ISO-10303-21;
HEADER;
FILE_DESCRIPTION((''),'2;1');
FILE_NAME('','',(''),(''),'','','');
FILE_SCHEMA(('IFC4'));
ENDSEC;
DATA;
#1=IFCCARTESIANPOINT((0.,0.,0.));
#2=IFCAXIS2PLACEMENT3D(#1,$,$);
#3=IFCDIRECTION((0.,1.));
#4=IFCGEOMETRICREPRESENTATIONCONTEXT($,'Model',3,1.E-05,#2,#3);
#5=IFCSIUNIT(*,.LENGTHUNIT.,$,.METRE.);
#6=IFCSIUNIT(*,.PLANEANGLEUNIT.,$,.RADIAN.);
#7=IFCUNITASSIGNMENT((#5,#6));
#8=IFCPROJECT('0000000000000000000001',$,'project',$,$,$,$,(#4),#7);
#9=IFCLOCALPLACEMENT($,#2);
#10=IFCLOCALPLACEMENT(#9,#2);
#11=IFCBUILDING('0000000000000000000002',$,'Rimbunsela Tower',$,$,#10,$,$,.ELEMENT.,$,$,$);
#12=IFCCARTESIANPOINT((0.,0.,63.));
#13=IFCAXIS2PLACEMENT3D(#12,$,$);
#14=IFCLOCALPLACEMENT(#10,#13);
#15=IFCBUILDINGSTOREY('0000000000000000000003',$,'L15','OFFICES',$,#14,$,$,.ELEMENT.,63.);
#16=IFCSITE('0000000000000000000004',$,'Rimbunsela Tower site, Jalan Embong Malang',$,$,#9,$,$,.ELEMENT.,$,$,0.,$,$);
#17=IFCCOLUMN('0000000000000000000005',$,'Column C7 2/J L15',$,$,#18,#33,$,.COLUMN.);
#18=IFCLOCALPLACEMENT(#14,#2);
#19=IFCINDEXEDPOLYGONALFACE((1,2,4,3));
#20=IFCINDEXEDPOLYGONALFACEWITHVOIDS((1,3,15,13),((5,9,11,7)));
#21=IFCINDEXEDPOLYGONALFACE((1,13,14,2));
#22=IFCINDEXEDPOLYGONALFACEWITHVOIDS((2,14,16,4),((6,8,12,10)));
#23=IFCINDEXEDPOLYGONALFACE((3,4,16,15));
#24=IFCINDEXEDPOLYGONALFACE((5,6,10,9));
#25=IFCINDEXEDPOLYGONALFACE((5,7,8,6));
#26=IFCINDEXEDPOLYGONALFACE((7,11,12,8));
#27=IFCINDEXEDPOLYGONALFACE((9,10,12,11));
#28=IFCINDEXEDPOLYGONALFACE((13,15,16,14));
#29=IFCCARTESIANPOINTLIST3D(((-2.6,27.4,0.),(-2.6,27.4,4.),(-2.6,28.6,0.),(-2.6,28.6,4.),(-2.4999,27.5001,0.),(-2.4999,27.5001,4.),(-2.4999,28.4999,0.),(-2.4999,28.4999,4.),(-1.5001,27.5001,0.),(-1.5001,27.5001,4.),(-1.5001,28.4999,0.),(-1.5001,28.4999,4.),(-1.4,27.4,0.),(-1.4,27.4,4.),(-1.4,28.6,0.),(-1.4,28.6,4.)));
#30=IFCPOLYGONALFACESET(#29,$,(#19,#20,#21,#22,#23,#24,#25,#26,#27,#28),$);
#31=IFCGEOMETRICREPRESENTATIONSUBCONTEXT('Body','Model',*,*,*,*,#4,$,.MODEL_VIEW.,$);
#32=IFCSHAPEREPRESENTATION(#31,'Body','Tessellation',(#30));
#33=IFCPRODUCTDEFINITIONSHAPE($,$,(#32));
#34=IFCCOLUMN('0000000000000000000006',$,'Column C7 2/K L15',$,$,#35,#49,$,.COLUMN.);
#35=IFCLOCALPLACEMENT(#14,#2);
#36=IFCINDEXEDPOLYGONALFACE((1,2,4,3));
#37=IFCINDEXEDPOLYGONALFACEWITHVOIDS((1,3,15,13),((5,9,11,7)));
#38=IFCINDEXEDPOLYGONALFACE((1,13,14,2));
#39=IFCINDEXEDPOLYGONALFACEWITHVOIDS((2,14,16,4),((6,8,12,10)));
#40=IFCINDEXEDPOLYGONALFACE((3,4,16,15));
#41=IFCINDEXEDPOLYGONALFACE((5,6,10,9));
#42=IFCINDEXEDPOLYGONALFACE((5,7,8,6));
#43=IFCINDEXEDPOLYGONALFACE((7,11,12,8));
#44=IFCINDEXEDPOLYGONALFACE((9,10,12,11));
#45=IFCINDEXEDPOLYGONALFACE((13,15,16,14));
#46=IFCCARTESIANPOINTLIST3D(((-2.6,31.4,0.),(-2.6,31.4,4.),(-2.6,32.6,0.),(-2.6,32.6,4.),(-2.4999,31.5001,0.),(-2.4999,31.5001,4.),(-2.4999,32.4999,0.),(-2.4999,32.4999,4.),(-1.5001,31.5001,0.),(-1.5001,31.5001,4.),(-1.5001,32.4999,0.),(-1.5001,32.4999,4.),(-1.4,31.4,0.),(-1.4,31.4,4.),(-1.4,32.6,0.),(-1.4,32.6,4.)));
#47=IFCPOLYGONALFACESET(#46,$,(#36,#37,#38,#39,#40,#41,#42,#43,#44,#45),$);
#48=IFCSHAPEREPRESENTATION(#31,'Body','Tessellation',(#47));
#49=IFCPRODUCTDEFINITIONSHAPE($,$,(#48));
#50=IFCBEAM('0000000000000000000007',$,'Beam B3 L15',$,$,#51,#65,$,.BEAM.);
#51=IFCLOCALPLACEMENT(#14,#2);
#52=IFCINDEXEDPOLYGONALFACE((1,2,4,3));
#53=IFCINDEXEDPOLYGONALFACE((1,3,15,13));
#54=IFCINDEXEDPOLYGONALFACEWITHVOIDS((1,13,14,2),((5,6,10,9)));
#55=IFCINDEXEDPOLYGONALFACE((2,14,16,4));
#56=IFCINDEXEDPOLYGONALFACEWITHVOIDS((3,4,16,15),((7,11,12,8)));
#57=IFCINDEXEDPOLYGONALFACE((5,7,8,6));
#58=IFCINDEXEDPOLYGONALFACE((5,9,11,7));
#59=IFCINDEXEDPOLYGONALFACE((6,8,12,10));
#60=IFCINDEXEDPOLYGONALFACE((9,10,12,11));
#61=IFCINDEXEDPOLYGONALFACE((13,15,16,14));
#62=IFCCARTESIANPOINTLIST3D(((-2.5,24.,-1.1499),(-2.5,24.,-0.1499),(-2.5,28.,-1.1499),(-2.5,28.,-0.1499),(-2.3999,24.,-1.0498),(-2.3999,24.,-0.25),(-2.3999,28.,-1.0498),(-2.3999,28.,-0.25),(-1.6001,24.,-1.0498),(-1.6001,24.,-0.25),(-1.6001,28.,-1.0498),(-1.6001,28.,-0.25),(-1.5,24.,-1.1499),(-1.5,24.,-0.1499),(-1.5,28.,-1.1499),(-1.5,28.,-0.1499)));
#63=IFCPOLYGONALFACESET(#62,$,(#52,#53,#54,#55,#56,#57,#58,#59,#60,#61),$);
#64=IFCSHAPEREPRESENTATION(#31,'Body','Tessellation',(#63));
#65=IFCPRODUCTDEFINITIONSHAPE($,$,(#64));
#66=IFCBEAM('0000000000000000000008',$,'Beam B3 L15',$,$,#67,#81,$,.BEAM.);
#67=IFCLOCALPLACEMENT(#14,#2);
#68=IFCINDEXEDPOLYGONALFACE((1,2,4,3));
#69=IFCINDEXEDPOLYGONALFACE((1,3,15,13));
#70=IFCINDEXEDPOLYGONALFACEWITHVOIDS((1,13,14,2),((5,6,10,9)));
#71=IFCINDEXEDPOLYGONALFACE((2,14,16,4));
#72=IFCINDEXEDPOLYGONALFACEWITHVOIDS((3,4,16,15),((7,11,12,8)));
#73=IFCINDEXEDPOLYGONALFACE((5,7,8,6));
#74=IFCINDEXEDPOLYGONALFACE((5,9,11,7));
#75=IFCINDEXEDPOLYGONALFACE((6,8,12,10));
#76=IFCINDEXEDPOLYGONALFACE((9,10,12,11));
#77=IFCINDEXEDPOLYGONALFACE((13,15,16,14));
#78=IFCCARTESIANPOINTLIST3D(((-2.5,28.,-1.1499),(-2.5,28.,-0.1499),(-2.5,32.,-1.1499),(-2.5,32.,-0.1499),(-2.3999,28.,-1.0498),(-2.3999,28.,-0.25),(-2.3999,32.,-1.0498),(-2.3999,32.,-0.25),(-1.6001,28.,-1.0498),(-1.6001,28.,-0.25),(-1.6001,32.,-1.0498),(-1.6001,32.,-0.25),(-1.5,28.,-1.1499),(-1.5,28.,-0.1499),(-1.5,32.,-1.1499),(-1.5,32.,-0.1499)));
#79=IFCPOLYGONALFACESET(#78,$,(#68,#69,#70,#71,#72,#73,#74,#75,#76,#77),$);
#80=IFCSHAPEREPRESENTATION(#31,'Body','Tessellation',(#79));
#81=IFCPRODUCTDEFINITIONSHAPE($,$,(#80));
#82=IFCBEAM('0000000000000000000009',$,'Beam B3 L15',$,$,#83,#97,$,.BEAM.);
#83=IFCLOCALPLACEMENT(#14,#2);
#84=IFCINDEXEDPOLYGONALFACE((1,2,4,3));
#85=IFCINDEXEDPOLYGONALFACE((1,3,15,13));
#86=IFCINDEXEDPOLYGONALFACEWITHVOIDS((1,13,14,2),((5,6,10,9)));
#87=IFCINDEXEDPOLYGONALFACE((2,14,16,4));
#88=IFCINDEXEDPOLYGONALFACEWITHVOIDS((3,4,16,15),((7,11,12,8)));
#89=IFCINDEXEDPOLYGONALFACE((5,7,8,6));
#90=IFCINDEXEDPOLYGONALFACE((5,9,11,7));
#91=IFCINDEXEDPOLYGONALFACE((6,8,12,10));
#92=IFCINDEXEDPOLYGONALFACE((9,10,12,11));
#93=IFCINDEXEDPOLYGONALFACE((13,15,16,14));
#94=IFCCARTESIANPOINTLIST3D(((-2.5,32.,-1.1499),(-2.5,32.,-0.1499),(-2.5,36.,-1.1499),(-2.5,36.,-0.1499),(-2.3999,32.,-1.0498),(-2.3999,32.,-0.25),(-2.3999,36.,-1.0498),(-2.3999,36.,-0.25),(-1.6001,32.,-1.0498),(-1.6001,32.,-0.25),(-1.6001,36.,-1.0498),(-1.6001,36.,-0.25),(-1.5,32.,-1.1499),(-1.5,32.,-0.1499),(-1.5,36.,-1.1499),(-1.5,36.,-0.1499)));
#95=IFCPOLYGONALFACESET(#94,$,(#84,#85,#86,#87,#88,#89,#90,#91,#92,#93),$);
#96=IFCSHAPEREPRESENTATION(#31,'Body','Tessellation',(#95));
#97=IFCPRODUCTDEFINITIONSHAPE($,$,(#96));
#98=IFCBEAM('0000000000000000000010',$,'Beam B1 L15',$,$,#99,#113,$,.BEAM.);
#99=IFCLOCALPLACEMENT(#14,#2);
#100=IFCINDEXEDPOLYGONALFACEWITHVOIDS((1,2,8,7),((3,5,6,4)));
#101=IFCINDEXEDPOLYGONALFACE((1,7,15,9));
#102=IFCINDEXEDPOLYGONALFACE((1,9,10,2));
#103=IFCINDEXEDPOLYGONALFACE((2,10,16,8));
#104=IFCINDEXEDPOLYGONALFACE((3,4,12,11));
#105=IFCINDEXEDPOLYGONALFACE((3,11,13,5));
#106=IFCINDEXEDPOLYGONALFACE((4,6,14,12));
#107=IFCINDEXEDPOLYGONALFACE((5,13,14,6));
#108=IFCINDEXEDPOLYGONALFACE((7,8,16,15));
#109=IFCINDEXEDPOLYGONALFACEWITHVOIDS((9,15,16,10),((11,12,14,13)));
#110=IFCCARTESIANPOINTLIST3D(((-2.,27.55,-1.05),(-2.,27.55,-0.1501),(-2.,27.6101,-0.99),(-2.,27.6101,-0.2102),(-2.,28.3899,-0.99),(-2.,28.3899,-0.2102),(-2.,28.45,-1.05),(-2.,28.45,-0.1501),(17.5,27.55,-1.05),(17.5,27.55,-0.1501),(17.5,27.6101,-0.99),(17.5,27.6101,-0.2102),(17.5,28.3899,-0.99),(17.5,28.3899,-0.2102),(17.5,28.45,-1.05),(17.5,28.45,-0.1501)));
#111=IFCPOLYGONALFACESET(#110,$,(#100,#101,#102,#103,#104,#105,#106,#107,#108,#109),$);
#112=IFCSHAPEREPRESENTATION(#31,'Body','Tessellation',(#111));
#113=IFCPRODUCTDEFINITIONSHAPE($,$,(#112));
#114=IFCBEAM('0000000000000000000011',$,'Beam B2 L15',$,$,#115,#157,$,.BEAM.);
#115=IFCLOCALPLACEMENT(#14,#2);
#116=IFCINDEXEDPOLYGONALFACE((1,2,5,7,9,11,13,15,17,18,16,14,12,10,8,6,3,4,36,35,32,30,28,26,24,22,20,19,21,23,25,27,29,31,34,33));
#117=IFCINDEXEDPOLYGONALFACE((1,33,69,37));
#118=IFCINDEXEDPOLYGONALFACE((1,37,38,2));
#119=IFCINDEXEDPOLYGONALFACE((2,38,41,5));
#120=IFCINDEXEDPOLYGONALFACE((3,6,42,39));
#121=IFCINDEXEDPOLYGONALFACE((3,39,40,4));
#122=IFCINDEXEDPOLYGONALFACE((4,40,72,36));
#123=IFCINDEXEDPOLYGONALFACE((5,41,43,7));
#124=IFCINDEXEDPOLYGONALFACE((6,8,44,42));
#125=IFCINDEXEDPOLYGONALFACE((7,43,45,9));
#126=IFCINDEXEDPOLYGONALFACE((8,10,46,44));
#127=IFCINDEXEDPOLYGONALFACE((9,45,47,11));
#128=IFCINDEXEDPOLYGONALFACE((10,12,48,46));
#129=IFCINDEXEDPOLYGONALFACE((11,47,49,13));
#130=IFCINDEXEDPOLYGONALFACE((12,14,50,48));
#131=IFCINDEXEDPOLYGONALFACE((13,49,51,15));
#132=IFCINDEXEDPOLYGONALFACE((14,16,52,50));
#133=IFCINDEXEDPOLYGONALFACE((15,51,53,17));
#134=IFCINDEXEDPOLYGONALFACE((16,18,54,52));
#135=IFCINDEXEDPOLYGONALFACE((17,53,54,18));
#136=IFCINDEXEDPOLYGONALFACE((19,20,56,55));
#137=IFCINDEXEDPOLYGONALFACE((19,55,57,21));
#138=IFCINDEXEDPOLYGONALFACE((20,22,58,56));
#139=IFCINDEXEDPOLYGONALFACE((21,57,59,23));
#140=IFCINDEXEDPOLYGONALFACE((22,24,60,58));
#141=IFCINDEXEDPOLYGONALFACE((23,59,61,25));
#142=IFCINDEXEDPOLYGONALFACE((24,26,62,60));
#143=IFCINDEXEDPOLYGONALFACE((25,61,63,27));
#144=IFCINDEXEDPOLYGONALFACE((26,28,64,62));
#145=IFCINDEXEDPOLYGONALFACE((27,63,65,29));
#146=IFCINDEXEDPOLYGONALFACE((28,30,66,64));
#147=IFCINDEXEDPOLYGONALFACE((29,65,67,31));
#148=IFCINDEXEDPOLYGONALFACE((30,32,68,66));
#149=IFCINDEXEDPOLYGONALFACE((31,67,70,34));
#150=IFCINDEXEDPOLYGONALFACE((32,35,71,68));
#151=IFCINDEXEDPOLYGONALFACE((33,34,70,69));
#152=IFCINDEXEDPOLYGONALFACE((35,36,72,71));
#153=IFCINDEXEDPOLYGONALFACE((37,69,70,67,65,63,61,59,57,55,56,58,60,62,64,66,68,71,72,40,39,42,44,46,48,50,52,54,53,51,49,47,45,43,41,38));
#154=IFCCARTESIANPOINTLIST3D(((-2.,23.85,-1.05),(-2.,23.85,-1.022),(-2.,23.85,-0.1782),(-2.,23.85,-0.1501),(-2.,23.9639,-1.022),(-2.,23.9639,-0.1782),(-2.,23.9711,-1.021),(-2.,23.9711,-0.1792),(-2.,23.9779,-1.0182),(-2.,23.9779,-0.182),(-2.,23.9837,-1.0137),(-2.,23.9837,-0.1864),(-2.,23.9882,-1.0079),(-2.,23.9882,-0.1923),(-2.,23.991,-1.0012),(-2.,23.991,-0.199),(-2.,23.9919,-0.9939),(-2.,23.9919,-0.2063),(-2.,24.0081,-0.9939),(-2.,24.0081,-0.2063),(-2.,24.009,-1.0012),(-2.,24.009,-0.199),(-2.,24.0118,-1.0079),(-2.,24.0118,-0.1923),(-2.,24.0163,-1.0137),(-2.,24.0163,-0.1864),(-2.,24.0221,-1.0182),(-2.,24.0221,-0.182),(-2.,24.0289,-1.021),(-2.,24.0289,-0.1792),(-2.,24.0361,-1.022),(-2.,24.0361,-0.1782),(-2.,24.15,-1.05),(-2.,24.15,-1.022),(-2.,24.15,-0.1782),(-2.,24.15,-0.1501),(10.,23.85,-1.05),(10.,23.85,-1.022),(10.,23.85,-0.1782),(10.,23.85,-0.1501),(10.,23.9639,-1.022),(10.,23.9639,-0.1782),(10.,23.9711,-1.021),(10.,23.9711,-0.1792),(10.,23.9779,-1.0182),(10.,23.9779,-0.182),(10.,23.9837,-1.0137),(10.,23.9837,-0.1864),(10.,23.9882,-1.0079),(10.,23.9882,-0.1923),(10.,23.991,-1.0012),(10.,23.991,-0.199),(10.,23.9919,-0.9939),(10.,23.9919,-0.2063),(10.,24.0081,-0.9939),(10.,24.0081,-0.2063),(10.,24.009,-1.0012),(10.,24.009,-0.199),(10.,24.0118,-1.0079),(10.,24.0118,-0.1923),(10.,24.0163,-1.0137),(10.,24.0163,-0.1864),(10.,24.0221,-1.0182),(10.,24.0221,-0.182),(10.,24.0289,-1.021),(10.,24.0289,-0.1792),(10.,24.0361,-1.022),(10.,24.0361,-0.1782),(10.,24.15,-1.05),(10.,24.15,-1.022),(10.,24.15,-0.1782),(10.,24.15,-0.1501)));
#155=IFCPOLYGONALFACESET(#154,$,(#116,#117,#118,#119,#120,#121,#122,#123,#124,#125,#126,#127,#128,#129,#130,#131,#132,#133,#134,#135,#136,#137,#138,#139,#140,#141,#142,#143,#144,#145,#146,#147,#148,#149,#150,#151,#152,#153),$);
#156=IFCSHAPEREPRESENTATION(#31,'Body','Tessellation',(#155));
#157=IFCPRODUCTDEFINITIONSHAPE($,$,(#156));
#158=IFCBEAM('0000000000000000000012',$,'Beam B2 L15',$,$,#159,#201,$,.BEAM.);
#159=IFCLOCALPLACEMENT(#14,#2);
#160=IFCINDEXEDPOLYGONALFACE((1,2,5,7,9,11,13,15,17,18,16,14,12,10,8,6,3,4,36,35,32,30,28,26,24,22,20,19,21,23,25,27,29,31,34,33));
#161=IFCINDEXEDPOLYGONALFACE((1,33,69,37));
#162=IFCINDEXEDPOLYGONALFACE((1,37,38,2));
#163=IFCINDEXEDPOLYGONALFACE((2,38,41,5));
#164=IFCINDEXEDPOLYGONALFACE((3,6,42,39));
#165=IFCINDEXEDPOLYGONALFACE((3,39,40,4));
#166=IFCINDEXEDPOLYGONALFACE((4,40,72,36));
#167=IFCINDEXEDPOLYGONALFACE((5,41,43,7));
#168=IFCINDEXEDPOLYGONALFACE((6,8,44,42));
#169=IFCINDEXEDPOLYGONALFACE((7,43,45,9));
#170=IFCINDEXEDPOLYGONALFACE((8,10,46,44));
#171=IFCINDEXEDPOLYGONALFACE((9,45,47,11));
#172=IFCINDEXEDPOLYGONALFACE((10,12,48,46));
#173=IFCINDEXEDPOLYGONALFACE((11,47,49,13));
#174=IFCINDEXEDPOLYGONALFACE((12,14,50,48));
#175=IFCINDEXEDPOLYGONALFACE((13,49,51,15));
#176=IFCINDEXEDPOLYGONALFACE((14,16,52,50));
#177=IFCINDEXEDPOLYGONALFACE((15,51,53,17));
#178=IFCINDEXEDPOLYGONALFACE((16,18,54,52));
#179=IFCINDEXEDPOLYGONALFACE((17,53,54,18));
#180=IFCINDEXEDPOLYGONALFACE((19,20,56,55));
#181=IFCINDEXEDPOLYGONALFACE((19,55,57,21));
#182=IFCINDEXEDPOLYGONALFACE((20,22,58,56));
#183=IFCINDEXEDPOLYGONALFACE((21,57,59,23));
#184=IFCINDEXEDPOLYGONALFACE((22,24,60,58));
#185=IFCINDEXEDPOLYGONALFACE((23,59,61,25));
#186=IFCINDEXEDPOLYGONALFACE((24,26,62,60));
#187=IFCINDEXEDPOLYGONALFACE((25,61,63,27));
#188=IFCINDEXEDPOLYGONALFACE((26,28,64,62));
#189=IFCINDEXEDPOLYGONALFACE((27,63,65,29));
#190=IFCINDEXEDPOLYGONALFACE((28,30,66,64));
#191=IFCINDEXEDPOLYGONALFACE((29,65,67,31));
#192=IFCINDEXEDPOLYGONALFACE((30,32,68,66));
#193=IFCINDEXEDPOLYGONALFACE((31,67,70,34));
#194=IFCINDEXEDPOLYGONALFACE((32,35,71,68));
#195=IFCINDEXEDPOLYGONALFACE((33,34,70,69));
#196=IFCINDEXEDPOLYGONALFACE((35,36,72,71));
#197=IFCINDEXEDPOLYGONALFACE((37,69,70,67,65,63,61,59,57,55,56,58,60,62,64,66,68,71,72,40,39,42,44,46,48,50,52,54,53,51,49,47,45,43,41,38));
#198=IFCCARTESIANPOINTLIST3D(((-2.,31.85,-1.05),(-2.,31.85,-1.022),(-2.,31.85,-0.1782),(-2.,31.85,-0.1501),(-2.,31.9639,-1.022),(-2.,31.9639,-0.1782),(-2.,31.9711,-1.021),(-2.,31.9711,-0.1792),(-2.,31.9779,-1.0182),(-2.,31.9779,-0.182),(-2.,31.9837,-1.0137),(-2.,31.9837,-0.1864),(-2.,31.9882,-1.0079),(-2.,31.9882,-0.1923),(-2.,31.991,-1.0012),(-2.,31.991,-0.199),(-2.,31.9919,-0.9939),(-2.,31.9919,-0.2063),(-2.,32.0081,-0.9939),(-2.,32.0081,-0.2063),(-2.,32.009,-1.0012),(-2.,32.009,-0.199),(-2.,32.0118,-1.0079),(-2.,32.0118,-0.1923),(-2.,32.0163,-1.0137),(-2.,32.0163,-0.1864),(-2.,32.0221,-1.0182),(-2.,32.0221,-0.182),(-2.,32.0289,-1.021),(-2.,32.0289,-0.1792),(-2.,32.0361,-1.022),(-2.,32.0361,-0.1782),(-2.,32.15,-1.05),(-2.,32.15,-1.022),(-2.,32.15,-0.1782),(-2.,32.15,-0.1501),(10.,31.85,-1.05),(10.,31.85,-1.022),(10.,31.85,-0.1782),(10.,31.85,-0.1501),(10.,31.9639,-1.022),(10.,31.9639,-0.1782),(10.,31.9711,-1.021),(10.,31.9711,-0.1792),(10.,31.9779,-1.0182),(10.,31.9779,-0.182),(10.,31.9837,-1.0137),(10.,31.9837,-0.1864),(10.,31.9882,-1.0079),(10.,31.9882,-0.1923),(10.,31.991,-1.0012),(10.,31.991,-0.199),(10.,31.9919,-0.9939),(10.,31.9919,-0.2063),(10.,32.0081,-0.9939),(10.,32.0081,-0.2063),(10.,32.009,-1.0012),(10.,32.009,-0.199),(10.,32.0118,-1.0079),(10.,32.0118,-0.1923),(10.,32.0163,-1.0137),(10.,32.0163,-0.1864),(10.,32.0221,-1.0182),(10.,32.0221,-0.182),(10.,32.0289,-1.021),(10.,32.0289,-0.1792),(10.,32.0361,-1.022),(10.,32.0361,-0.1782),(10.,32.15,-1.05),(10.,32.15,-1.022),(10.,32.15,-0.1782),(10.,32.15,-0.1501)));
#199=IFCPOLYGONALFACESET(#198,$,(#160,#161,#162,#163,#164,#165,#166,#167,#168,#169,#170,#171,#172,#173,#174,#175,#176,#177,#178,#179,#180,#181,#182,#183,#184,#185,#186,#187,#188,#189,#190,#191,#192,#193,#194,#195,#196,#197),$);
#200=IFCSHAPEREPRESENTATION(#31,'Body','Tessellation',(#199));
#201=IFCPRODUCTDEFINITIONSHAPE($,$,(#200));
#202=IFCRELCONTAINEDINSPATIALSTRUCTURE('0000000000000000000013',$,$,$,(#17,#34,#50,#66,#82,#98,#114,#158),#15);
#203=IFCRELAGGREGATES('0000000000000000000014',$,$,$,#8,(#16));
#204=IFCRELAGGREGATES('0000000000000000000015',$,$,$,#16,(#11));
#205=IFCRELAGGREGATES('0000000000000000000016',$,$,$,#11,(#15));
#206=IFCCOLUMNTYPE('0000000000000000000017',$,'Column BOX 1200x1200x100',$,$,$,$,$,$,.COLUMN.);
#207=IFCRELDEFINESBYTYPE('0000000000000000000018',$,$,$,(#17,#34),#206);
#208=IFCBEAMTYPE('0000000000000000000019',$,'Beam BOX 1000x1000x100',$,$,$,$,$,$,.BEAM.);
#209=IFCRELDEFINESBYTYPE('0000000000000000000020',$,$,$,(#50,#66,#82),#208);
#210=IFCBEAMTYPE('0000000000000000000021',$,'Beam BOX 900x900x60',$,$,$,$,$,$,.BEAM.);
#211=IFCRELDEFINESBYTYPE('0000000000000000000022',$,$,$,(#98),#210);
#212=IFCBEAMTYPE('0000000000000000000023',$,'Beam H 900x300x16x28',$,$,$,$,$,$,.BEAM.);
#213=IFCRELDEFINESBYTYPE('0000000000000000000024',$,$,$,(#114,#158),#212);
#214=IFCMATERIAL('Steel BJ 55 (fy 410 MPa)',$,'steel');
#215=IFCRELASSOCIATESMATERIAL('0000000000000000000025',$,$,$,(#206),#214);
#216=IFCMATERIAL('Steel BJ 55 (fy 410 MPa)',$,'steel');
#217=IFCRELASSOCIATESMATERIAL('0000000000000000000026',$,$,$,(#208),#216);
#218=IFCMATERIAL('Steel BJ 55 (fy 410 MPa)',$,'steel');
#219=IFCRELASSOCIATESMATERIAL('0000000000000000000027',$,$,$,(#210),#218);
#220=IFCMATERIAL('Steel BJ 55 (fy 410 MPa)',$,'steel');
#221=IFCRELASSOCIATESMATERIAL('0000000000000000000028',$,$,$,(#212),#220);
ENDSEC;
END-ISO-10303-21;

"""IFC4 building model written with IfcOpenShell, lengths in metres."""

from ifc_helpers import new_model, si_unit, direction, frame, origin, origin_2d, place, context, subcontext, project, spatial, hollow_rectangle, i_section, extrude, material, material_profile, profile_set, type_object, element, save


model = new_model("IFC4")

# Units and contexts
model_context = context("Model", 3, precision=1e-05, world=origin(), true_north=direction((0.0, 1.0)))
body_context = subcontext(model_context, "Body", "Model", "MODEL_VIEW")
ifc_project = project(units=[si_unit("LENGTHUNIT", "METRE"), si_unit("PLANEANGLEUNIT", "RADIAN")], contexts=[model_context])

# Site, building, storey
site_placement = place(None, origin())
site = spatial("IfcSite", under=ifc_project, at=site_placement, Name="Rimbunsela Tower site, Jalan Embong Malang", CompositionType="ELEMENT", RefElevation=0.0)
building_placement = place(site_placement, origin())
building = spatial("IfcBuilding", under=site, at=building_placement, Name="Rimbunsela Tower", CompositionType="ELEMENT")
storey_placement = place(building_placement, frame((0.0, 0.0, 63.0)))
storey = spatial("IfcBuildingStorey", under=building, at=storey_placement, Name="L15", Description="OFFICES", CompositionType="ELEMENT", Elevation=63.0)

# Columns
ifc_material_1 = material(Name="Steel BJ 55 (fy 410 MPa)", Category="steel")
ifc_material_profile_1 = material_profile(ifc_material_1, hollow_rectangle(XDim=1.2, YDim=1.2, WallThickness=0.1001, at=origin_2d()), Name="BOX 1200x1200x100")
ifc_profile_set_1 = profile_set([ifc_material_profile_1], Name="Steel BJ 55 (fy 410 MPa)")
column_type = type_object("IfcColumnType", Name="Column BOX 1200x1200x100", PredefinedType="COLUMN", material=ifc_profile_set_1)
for number, where, z_axis, x_axis, name in (
    (1, (-2.0, 28.0, 0.0), (0.0, 0.0, 1.0), (1.0, 0.0, 0.0), "Column C7 2/J L15"),
    (2, (-2.0, 32.0, 0.0), (0.0, 0.0, 1.0), (1.0, 0.0, 0.0), "Column C7 2/K L15"),
):
    element("IfcColumn", number, at=place(storey_placement, frame(where, z_axis=z_axis, x_axis=x_axis)), inside=storey, type_object=column_type, Name=name, PredefinedType="COLUMN", context=body_context, shape_type="SweptSolid", body=[
        extrude(hollow_rectangle(XDim=1.2, YDim=1.2, WallThickness=0.1001, at=origin_2d()), origin(), (0.0, 0.0, 1.0), 4.0),
    ])

# Beams
ifc_material_2 = material(Name="Steel BJ 55 (fy 410 MPa)", Category="steel")
ifc_material_profile_2 = material_profile(ifc_material_2, hollow_rectangle(XDim=1.0, YDim=1.0, WallThickness=0.1001, at=origin_2d()), Name="BOX 1000x1000x100")
ifc_profile_set_2 = profile_set([ifc_material_profile_2], Name="Steel BJ 55 (fy 410 MPa)")
beam_type_1 = type_object("IfcBeamType", Name="Beam BOX 1000x1000x100", PredefinedType="BEAM", material=ifc_profile_set_2)
for number, where, z_axis, x_axis, name in (
    (3, (-2.0, 24.0, -0.6499), (0.0, 1.0, 0.0), (-1.0, 0.0, 0.0), "Beam B3 L15"),
    (4, (-2.0, 28.0, -0.6499), (0.0, 1.0, 0.0), (-1.0, 0.0, 0.0), "Beam B3 L15"),
    (5, (-2.0, 32.0, -0.6499), (0.0, 1.0, 0.0), (-1.0, 0.0, 0.0), "Beam B3 L15"),
):
    element("IfcBeam", number, at=place(storey_placement, frame(where, z_axis=z_axis, x_axis=x_axis)), inside=storey, type_object=beam_type_1, Name=name, PredefinedType="BEAM", context=body_context, shape_type="SweptSolid", body=[
        extrude(hollow_rectangle(XDim=1.0, YDim=1.0, WallThickness=0.1001, at=origin_2d()), origin(), (0.0, 0.0, 1.0), 4.0),
    ])
ifc_material_3 = material(Name="Steel BJ 55 (fy 410 MPa)", Category="steel")
ifc_material_profile_3 = material_profile(ifc_material_3, hollow_rectangle(XDim=0.8999, YDim=0.8999, WallThickness=0.0601, at=origin_2d()), Name="BOX 900x900x60")
ifc_profile_set_3 = profile_set([ifc_material_profile_3], Name="Steel BJ 55 (fy 410 MPa)")
beam_type_2 = type_object("IfcBeamType", Name="Beam BOX 900x900x60", PredefinedType="BEAM", material=ifc_profile_set_3)
beam_placement = place(storey_placement, frame((-2.0, 28.0, -0.6001), z_axis=(1.0, 0.0, 0.0), x_axis=(0.0, 1.0, 0.0)))
element("IfcBeam", 6, at=beam_placement, inside=storey, type_object=beam_type_2, Name="Beam B1 L15", PredefinedType="BEAM", context=body_context, shape_type="SweptSolid", body=[
    extrude(hollow_rectangle(XDim=0.8999, YDim=0.8999, WallThickness=0.0601, at=origin_2d()), origin(), (0.0, 0.0, 1.0), 19.5),
])
ifc_material_4 = material(Name="Steel BJ 55 (fy 410 MPa)", Category="steel")
ifc_material_profile_4 = material_profile(ifc_material_4, i_section(OverallWidth=0.3, OverallDepth=0.8999, WebThickness=0.0161, FlangeThickness=0.0281, FilletRadius=0.0281, at=origin_2d()), Name="H 900x300x16x28")
ifc_profile_set_4 = profile_set([ifc_material_profile_4], Name="Steel BJ 55 (fy 410 MPa)")
beam_type_3 = type_object("IfcBeamType", Name="Beam H 900x300x16x28", PredefinedType="BEAM", material=ifc_profile_set_4)
for number, where, z_axis, x_axis, name in (
    (7, (-2.0, 24.0, -0.6001), (1.0, 0.0, 0.0), (0.0, 1.0, 0.0), "Beam B2 L15"),
    (8, (-2.0, 32.0, -0.6001), (1.0, 0.0, 0.0), (0.0, 1.0, 0.0), "Beam B2 L15"),
):
    element("IfcBeam", number, at=place(storey_placement, frame(where, z_axis=z_axis, x_axis=x_axis)), inside=storey, type_object=beam_type_3, Name=name, PredefinedType="BEAM", context=body_context, shape_type="SweptSolid", body=[
        extrude(i_section(OverallWidth=0.3, OverallDepth=0.8999, WebThickness=0.0161, FlangeThickness=0.0281, FilletRadius=0.0281, at=origin_2d()), origin(), (0.0, 0.0, 1.0), 12.0),
    ])

save(model, "model.ifc")
